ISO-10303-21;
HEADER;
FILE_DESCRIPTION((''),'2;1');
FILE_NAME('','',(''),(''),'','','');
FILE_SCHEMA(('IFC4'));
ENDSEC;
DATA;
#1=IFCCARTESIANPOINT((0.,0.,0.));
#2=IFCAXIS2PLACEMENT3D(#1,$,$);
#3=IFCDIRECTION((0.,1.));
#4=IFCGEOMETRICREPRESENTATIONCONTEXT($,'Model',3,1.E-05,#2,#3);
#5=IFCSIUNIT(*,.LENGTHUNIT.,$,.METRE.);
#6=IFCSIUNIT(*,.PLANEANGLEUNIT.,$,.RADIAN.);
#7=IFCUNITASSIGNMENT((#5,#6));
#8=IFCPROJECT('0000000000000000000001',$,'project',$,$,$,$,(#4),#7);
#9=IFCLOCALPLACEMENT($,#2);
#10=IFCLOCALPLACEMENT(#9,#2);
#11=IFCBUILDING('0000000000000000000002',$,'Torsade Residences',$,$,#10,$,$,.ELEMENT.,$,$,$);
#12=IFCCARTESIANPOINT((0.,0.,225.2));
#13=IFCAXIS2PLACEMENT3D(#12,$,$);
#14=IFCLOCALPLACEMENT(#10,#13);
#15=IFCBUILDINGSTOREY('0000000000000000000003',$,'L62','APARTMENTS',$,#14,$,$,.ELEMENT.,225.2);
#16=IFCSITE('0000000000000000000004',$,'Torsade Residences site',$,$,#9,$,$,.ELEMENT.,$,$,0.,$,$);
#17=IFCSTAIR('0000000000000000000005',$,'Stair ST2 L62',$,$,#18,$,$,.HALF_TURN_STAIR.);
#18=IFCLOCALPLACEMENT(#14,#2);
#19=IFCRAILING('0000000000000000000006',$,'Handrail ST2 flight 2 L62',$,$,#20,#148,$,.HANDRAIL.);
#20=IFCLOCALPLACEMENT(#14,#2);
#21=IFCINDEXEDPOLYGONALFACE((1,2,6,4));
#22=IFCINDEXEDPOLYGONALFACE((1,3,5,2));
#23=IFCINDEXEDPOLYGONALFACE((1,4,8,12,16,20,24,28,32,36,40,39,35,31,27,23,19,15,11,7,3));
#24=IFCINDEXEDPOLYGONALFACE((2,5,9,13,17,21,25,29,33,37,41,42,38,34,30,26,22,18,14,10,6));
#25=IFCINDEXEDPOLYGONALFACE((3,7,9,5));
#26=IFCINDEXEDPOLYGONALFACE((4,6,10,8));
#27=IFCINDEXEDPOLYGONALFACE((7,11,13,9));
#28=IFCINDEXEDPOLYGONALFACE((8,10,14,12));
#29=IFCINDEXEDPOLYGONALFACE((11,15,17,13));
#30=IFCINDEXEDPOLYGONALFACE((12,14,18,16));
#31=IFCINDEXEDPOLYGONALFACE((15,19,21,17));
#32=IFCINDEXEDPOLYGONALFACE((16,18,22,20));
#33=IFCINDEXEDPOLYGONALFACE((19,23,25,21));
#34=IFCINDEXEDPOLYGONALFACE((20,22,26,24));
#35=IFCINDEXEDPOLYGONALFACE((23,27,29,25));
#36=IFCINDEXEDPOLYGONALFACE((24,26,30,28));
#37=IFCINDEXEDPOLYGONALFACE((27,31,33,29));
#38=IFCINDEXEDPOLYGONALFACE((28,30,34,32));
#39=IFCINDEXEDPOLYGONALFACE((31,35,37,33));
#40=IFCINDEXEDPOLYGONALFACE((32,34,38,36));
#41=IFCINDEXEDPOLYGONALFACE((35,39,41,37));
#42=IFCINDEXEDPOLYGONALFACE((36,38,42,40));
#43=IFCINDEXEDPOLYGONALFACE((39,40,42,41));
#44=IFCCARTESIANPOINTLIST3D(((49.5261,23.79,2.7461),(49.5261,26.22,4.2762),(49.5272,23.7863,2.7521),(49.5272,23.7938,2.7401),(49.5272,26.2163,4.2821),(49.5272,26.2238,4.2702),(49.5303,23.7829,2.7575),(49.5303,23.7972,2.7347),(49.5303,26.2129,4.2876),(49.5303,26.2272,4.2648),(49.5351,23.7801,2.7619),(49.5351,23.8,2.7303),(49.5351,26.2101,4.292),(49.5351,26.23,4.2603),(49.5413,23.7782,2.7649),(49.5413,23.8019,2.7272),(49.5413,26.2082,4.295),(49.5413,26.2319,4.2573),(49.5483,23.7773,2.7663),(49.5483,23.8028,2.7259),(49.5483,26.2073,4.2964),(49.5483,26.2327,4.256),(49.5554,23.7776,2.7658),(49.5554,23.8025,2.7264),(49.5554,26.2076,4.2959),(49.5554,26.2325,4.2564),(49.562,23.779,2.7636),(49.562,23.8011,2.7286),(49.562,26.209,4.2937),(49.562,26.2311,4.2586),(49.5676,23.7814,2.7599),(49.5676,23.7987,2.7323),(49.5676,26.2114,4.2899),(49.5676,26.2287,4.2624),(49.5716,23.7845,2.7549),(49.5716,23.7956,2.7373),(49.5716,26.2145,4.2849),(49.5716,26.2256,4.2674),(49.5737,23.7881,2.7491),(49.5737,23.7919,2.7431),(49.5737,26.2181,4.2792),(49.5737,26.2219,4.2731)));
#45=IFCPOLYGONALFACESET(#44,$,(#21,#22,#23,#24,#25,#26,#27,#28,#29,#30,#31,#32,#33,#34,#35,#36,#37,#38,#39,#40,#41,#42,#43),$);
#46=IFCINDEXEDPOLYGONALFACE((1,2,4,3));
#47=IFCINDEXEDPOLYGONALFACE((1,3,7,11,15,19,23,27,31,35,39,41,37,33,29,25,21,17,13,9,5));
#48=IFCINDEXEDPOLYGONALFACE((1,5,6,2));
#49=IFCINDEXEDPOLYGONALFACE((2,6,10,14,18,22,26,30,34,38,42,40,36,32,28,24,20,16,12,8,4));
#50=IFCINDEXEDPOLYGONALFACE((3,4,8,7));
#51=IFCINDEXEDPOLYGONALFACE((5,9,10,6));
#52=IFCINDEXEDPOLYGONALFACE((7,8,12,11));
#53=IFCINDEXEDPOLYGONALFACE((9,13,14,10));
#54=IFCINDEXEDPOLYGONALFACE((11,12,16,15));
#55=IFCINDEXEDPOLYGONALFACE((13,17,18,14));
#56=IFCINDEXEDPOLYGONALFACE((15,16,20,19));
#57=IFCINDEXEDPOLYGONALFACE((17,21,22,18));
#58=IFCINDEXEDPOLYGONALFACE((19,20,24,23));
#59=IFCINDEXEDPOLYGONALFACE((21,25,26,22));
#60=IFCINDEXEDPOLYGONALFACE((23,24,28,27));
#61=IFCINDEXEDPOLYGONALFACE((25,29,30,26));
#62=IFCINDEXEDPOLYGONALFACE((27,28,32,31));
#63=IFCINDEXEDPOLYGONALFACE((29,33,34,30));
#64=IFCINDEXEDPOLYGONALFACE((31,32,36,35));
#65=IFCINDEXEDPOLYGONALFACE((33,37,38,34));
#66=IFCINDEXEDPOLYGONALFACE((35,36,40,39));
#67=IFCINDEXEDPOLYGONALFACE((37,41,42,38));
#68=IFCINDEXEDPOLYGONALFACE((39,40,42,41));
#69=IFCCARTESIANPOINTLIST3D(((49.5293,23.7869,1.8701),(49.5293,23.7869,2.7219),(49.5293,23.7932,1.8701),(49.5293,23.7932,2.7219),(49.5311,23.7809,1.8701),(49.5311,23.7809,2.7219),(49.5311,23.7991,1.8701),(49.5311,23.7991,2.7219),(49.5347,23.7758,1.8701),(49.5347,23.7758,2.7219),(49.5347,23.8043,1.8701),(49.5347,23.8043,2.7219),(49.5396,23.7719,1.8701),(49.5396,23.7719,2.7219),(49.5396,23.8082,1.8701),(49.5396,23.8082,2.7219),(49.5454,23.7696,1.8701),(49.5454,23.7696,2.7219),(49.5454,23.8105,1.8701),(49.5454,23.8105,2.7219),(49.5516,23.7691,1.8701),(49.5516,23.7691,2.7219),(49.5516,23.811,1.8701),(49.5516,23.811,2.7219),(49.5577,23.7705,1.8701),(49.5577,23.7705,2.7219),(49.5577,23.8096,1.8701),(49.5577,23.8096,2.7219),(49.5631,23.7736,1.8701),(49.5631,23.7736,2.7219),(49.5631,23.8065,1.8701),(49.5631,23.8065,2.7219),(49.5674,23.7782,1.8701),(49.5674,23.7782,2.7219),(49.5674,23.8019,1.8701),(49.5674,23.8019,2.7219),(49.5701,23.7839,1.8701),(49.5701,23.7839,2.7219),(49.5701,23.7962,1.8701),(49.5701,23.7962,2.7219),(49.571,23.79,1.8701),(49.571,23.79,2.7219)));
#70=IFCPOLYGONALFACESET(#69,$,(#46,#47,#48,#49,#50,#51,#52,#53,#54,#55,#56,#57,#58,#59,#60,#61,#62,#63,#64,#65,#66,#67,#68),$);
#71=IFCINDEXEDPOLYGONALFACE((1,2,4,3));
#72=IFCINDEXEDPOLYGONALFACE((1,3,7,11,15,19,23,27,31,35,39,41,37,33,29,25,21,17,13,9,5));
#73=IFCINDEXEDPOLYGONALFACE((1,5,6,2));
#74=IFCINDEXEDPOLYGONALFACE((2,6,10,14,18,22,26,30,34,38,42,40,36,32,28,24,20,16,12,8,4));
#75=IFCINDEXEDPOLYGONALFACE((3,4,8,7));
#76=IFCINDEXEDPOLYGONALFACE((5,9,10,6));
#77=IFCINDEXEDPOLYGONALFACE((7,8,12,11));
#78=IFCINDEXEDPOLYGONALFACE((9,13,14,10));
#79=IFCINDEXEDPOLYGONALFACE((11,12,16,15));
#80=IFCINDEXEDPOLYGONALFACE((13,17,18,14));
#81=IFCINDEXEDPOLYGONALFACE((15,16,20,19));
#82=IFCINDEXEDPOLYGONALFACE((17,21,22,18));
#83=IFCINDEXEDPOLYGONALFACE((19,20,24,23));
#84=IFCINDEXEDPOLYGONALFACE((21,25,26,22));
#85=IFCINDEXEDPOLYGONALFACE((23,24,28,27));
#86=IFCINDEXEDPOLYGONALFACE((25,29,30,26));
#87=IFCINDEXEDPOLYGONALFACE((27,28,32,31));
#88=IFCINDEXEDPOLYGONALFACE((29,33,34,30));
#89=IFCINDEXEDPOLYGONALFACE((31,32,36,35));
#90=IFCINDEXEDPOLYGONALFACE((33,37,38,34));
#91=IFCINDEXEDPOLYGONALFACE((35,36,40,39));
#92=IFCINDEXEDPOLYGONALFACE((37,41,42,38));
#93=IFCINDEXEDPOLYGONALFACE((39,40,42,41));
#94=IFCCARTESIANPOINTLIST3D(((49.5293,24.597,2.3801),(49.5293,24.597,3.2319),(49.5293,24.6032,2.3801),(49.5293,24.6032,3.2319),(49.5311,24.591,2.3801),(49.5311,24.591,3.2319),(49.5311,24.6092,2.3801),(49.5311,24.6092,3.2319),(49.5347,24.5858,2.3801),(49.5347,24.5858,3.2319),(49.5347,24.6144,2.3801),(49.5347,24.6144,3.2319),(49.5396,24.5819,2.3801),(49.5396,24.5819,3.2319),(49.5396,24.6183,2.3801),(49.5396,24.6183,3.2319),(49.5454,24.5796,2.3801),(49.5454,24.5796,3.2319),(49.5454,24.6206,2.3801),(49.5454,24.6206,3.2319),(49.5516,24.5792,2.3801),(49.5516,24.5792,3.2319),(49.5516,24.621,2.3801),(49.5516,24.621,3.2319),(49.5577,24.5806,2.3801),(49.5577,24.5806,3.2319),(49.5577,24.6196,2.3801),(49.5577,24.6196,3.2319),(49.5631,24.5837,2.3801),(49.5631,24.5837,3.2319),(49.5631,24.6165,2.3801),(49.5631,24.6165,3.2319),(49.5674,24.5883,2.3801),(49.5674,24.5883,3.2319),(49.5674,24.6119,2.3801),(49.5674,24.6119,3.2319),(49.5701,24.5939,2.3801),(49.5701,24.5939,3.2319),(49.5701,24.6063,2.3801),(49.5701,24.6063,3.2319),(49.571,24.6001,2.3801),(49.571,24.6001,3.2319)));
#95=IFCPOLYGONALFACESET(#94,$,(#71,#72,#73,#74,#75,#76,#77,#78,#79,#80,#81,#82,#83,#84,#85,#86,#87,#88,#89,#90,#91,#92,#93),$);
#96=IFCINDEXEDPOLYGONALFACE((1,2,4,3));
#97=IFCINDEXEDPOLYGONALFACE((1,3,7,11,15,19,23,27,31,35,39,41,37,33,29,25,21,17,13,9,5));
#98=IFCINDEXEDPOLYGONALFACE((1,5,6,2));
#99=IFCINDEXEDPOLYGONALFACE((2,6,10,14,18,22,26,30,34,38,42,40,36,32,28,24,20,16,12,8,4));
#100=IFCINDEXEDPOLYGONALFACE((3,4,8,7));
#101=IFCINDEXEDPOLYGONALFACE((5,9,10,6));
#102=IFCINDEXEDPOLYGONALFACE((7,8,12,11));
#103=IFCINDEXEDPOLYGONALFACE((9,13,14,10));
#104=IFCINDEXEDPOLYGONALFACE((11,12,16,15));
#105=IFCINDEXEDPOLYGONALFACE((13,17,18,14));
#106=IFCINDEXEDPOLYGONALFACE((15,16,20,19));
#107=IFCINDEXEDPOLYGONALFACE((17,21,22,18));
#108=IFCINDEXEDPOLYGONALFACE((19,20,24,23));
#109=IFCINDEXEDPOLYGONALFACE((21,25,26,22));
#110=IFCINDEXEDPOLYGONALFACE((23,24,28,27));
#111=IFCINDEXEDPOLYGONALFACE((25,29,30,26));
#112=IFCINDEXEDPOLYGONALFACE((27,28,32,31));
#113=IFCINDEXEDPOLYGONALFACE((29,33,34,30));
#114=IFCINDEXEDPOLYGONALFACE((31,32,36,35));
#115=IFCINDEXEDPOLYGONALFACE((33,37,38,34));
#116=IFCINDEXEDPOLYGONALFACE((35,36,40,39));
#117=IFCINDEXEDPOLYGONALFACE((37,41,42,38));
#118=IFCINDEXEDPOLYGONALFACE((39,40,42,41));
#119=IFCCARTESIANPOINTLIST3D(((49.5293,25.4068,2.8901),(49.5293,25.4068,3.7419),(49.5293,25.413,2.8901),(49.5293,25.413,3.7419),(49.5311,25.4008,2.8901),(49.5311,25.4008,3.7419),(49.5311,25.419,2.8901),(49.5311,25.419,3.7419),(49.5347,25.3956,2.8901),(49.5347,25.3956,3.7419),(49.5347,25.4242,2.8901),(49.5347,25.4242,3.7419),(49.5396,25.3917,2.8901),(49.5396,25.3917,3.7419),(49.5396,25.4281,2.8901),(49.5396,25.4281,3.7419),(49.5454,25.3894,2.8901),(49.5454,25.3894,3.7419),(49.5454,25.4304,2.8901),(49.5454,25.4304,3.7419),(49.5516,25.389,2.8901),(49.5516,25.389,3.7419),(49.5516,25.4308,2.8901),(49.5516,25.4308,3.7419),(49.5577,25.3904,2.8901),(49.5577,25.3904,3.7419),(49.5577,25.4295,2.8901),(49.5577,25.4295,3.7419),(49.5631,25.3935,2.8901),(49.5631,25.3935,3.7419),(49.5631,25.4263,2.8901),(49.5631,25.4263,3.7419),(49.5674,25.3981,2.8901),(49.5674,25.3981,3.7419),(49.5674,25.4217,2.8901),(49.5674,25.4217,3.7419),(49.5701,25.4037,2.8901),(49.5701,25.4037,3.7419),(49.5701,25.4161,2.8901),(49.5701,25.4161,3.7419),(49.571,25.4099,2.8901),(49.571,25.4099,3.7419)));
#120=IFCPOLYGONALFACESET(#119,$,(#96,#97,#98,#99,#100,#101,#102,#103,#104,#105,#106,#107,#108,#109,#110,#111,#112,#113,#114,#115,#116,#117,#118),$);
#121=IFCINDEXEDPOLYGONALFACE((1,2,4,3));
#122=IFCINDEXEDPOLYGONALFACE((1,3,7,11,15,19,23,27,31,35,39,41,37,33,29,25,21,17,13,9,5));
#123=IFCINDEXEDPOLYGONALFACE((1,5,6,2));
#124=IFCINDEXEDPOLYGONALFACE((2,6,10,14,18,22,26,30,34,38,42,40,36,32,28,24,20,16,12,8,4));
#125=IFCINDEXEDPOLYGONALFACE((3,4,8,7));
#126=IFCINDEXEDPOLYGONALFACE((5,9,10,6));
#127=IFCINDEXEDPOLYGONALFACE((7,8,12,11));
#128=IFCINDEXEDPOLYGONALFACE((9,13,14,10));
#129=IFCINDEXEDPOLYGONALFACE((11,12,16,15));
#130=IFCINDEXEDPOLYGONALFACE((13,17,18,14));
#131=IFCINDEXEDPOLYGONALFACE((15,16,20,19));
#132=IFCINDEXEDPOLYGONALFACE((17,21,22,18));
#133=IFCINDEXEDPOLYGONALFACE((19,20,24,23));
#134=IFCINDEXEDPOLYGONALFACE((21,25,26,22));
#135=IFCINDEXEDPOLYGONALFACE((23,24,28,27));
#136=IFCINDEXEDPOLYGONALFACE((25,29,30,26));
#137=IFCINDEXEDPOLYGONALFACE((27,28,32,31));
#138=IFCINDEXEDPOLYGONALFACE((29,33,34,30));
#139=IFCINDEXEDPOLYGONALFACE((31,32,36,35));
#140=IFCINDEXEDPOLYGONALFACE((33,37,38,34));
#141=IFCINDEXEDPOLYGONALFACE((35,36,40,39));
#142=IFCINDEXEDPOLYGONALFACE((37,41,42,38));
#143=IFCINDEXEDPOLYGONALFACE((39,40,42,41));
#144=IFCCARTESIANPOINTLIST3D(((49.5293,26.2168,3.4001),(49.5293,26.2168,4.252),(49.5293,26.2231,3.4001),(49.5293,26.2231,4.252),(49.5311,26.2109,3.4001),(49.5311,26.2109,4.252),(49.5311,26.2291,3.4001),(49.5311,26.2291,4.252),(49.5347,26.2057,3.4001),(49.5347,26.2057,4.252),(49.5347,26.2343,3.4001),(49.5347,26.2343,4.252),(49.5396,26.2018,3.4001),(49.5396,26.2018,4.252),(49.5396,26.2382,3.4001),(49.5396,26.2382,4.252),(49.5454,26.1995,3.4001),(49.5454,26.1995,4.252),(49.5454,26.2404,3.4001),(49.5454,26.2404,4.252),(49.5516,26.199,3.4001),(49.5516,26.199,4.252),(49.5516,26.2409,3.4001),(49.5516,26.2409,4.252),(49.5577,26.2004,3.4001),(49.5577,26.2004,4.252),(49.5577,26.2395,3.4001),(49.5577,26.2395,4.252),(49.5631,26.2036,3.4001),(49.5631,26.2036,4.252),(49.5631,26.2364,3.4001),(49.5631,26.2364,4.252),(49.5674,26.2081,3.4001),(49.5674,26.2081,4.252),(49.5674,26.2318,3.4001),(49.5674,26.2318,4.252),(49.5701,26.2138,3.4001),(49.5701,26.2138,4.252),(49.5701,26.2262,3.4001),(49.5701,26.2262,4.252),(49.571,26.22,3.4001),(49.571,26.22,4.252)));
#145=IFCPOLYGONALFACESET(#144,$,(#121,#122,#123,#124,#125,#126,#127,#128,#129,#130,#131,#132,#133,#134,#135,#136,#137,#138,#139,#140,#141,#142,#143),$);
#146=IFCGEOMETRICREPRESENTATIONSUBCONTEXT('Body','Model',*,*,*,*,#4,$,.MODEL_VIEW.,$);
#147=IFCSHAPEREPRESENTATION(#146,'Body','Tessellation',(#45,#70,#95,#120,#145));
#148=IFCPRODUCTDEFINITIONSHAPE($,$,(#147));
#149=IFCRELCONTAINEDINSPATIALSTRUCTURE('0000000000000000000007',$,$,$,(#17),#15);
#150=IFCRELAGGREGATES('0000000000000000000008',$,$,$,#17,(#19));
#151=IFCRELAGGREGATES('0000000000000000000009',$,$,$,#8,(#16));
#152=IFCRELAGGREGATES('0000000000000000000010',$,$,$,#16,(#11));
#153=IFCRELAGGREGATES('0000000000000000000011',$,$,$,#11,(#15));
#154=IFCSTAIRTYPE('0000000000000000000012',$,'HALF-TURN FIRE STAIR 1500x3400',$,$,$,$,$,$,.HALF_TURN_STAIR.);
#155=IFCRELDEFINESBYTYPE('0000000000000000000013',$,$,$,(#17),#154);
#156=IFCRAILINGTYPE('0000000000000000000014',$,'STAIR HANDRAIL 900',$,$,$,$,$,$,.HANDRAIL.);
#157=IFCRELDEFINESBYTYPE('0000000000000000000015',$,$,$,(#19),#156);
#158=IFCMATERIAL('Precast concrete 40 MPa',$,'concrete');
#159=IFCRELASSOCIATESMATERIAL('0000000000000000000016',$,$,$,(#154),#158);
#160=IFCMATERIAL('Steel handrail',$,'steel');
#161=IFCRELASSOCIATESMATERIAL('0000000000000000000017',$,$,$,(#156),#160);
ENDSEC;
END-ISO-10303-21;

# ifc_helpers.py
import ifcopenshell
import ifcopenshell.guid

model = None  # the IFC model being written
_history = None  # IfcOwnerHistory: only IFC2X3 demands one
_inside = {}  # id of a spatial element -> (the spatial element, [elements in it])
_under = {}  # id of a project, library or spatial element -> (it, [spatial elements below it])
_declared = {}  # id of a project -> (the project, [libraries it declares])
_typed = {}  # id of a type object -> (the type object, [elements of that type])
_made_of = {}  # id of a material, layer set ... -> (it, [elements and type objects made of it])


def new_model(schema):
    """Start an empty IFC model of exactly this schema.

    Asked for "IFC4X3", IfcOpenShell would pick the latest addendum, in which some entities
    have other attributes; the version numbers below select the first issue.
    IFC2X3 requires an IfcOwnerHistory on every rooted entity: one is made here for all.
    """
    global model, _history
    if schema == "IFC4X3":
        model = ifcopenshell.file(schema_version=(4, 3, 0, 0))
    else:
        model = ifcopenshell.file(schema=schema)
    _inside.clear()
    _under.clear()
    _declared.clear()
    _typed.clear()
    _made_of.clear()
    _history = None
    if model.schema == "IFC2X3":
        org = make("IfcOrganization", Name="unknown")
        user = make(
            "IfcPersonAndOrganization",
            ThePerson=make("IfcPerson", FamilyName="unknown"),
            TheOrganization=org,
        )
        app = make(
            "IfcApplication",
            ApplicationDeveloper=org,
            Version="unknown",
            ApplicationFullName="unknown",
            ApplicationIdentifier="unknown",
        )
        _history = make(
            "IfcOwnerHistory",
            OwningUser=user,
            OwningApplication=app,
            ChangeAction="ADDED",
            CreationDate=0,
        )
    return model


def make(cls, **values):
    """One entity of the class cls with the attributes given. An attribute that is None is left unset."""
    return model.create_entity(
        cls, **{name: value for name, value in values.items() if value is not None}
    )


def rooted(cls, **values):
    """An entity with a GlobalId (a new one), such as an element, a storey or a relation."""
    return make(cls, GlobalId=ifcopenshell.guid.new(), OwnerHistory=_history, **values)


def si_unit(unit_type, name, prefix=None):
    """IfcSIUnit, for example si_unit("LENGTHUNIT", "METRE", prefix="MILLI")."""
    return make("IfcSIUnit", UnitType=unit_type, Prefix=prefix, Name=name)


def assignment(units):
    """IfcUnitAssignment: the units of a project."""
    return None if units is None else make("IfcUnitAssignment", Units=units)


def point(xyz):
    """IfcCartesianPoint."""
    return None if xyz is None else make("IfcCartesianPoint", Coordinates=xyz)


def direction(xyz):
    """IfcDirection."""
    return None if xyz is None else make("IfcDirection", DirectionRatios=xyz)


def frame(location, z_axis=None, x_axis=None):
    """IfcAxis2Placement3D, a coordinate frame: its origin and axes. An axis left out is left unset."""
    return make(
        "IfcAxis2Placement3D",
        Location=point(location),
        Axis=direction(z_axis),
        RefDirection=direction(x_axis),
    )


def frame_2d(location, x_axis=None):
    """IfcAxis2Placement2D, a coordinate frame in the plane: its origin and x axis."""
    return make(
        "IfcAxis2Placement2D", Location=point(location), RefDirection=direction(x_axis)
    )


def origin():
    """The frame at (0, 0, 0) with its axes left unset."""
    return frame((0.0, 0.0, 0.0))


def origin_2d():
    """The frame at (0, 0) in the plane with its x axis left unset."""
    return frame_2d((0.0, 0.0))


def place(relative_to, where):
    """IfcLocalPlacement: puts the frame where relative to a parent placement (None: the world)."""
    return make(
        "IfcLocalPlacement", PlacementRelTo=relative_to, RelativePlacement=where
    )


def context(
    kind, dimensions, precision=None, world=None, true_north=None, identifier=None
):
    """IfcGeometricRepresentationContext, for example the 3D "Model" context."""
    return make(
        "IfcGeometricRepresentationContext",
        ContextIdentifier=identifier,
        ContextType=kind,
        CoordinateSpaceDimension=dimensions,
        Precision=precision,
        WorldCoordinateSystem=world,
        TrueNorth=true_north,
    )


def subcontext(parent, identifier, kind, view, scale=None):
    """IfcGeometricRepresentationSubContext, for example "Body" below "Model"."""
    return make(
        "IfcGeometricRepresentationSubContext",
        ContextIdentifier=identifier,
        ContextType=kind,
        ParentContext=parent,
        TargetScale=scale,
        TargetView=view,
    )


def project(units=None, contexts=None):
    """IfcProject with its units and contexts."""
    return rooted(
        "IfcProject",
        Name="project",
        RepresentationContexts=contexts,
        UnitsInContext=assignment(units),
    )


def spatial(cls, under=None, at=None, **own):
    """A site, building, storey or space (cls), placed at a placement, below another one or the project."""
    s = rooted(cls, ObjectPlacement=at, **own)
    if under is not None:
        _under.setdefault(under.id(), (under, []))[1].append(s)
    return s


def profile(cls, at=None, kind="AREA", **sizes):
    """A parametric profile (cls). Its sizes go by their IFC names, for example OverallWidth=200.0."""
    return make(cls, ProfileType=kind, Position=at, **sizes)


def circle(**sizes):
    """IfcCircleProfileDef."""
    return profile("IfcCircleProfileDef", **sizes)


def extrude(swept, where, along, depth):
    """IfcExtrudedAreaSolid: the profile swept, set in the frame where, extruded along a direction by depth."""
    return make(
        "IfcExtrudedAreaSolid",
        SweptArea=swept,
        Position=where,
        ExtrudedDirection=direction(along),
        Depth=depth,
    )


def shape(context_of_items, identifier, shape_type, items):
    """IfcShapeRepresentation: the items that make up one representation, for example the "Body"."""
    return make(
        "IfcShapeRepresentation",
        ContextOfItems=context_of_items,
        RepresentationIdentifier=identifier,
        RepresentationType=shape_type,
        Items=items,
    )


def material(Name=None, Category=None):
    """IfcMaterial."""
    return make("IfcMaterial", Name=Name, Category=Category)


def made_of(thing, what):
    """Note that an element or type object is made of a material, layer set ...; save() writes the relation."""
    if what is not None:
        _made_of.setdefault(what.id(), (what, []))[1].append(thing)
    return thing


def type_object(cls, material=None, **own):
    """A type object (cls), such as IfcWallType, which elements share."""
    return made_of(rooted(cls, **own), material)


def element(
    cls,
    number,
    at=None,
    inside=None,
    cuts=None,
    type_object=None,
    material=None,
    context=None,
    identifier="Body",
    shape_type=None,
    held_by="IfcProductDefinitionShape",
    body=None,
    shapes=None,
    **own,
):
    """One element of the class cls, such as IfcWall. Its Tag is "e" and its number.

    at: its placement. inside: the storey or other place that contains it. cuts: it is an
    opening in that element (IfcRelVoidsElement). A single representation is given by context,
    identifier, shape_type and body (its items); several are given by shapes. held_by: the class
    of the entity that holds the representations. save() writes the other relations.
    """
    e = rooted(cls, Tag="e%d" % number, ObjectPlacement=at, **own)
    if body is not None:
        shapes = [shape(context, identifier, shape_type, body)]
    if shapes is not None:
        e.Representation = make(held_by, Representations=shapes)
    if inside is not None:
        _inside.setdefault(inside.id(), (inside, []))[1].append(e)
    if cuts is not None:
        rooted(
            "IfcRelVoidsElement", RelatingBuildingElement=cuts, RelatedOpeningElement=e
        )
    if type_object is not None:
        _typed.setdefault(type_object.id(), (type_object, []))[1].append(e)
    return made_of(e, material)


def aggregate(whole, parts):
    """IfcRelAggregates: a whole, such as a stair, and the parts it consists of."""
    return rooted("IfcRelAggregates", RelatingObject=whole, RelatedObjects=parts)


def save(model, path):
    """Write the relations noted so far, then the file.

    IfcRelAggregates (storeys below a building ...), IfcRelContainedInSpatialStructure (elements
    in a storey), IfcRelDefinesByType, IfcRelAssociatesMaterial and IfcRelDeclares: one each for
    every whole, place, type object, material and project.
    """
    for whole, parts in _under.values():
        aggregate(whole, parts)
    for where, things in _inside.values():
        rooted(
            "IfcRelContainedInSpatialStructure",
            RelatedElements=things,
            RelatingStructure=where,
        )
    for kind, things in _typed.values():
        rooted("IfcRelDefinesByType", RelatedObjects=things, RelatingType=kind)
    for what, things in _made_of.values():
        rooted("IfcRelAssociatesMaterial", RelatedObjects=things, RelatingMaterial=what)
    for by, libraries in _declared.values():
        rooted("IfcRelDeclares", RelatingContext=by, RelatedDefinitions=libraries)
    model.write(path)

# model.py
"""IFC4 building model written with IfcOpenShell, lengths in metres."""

from ifc_helpers import new_model, si_unit, direction, frame, origin, origin_2d, place, context, subcontext, project, spatial, circle, extrude, material, type_object, element, aggregate, save


model = new_model("IFC4")

# Units and contexts
model_context = context("Model", 3, precision=1e-05, world=origin(), true_north=direction((0.0, 1.0)))
body_context = subcontext(model_context, "Body", "Model", "MODEL_VIEW")
ifc_project = project(units=[si_unit("LENGTHUNIT", "METRE"), si_unit("PLANEANGLEUNIT", "RADIAN")], contexts=[model_context])

# Site, building, storey
site_placement = place(None, origin())
site = spatial("IfcSite", under=ifc_project, at=site_placement, Name="Torsade Residences site", CompositionType="ELEMENT", RefElevation=0.0)
building_placement = place(site_placement, origin())
building = spatial("IfcBuilding", under=site, at=building_placement, Name="Torsade Residences", CompositionType="ELEMENT")
storey_placement = place(building_placement, frame((0.0, 0.0, 225.2)))
storey = spatial("IfcBuildingStorey", under=building, at=storey_placement, Name="L62", Description="APARTMENTS", CompositionType="ELEMENT", Elevation=225.2)

# Stair, railing
ifc_material_1 = material(Name="Precast concrete 40 MPa", Category="concrete")
stair_type = type_object("IfcStairType", Name="HALF-TURN FIRE STAIR 1500x3400", PredefinedType="HALF_TURN_STAIR", material=ifc_material_1)
stair_placement = place(storey_placement, origin())
stair = element("IfcStair", 1, at=stair_placement, inside=storey, type_object=stair_type, Name="Stair ST2 L62", PredefinedType="HALF_TURN_STAIR")
ifc_material_2 = material(Name="Steel handrail", Category="steel")
railing_type = type_object("IfcRailingType", Name="STAIR HANDRAIL 900", PredefinedType="HANDRAIL", material=ifc_material_2)
railing_1_placement = place(storey_placement, frame((49.55, 23.79, 1.8701)))
railing_1 = element("IfcRailing", 2, at=railing_1_placement, type_object=railing_type, Name="Handrail ST2 flight 2 L62", PredefinedType="HANDRAIL", context=body_context, shape_type="SweptSolid", body=[
    extrude(circle(Radius=0.0239, at=origin_2d()), frame((0.0, 0.0, 0.876), z_axis=(0.0, 0.846221, 0.532831), x_axis=(-1.0, 0.0, 0.0)), (0.0, 0.0, 1.0), 2.8716),
    extrude(circle(Radius=0.021, at=origin_2d()), origin(), (0.0, 0.0, 1.0), 0.8518),
    extrude(circle(Radius=0.021, at=origin_2d()), frame((0.0, 0.8101, 0.51)), (0.0, 0.0, 1.0), 0.8518),
    extrude(circle(Radius=0.021, at=origin_2d()), frame((0.0, 1.6199, 1.02)), (0.0, 0.0, 1.0), 0.8518),
    extrude(circle(Radius=0.021, at=origin_2d()), frame((0.0, 2.4299, 1.53)), (0.0, 0.0, 1.0), 0.8518),
])
aggregate(stair, [railing_1])

save(model, "model.ifc")
